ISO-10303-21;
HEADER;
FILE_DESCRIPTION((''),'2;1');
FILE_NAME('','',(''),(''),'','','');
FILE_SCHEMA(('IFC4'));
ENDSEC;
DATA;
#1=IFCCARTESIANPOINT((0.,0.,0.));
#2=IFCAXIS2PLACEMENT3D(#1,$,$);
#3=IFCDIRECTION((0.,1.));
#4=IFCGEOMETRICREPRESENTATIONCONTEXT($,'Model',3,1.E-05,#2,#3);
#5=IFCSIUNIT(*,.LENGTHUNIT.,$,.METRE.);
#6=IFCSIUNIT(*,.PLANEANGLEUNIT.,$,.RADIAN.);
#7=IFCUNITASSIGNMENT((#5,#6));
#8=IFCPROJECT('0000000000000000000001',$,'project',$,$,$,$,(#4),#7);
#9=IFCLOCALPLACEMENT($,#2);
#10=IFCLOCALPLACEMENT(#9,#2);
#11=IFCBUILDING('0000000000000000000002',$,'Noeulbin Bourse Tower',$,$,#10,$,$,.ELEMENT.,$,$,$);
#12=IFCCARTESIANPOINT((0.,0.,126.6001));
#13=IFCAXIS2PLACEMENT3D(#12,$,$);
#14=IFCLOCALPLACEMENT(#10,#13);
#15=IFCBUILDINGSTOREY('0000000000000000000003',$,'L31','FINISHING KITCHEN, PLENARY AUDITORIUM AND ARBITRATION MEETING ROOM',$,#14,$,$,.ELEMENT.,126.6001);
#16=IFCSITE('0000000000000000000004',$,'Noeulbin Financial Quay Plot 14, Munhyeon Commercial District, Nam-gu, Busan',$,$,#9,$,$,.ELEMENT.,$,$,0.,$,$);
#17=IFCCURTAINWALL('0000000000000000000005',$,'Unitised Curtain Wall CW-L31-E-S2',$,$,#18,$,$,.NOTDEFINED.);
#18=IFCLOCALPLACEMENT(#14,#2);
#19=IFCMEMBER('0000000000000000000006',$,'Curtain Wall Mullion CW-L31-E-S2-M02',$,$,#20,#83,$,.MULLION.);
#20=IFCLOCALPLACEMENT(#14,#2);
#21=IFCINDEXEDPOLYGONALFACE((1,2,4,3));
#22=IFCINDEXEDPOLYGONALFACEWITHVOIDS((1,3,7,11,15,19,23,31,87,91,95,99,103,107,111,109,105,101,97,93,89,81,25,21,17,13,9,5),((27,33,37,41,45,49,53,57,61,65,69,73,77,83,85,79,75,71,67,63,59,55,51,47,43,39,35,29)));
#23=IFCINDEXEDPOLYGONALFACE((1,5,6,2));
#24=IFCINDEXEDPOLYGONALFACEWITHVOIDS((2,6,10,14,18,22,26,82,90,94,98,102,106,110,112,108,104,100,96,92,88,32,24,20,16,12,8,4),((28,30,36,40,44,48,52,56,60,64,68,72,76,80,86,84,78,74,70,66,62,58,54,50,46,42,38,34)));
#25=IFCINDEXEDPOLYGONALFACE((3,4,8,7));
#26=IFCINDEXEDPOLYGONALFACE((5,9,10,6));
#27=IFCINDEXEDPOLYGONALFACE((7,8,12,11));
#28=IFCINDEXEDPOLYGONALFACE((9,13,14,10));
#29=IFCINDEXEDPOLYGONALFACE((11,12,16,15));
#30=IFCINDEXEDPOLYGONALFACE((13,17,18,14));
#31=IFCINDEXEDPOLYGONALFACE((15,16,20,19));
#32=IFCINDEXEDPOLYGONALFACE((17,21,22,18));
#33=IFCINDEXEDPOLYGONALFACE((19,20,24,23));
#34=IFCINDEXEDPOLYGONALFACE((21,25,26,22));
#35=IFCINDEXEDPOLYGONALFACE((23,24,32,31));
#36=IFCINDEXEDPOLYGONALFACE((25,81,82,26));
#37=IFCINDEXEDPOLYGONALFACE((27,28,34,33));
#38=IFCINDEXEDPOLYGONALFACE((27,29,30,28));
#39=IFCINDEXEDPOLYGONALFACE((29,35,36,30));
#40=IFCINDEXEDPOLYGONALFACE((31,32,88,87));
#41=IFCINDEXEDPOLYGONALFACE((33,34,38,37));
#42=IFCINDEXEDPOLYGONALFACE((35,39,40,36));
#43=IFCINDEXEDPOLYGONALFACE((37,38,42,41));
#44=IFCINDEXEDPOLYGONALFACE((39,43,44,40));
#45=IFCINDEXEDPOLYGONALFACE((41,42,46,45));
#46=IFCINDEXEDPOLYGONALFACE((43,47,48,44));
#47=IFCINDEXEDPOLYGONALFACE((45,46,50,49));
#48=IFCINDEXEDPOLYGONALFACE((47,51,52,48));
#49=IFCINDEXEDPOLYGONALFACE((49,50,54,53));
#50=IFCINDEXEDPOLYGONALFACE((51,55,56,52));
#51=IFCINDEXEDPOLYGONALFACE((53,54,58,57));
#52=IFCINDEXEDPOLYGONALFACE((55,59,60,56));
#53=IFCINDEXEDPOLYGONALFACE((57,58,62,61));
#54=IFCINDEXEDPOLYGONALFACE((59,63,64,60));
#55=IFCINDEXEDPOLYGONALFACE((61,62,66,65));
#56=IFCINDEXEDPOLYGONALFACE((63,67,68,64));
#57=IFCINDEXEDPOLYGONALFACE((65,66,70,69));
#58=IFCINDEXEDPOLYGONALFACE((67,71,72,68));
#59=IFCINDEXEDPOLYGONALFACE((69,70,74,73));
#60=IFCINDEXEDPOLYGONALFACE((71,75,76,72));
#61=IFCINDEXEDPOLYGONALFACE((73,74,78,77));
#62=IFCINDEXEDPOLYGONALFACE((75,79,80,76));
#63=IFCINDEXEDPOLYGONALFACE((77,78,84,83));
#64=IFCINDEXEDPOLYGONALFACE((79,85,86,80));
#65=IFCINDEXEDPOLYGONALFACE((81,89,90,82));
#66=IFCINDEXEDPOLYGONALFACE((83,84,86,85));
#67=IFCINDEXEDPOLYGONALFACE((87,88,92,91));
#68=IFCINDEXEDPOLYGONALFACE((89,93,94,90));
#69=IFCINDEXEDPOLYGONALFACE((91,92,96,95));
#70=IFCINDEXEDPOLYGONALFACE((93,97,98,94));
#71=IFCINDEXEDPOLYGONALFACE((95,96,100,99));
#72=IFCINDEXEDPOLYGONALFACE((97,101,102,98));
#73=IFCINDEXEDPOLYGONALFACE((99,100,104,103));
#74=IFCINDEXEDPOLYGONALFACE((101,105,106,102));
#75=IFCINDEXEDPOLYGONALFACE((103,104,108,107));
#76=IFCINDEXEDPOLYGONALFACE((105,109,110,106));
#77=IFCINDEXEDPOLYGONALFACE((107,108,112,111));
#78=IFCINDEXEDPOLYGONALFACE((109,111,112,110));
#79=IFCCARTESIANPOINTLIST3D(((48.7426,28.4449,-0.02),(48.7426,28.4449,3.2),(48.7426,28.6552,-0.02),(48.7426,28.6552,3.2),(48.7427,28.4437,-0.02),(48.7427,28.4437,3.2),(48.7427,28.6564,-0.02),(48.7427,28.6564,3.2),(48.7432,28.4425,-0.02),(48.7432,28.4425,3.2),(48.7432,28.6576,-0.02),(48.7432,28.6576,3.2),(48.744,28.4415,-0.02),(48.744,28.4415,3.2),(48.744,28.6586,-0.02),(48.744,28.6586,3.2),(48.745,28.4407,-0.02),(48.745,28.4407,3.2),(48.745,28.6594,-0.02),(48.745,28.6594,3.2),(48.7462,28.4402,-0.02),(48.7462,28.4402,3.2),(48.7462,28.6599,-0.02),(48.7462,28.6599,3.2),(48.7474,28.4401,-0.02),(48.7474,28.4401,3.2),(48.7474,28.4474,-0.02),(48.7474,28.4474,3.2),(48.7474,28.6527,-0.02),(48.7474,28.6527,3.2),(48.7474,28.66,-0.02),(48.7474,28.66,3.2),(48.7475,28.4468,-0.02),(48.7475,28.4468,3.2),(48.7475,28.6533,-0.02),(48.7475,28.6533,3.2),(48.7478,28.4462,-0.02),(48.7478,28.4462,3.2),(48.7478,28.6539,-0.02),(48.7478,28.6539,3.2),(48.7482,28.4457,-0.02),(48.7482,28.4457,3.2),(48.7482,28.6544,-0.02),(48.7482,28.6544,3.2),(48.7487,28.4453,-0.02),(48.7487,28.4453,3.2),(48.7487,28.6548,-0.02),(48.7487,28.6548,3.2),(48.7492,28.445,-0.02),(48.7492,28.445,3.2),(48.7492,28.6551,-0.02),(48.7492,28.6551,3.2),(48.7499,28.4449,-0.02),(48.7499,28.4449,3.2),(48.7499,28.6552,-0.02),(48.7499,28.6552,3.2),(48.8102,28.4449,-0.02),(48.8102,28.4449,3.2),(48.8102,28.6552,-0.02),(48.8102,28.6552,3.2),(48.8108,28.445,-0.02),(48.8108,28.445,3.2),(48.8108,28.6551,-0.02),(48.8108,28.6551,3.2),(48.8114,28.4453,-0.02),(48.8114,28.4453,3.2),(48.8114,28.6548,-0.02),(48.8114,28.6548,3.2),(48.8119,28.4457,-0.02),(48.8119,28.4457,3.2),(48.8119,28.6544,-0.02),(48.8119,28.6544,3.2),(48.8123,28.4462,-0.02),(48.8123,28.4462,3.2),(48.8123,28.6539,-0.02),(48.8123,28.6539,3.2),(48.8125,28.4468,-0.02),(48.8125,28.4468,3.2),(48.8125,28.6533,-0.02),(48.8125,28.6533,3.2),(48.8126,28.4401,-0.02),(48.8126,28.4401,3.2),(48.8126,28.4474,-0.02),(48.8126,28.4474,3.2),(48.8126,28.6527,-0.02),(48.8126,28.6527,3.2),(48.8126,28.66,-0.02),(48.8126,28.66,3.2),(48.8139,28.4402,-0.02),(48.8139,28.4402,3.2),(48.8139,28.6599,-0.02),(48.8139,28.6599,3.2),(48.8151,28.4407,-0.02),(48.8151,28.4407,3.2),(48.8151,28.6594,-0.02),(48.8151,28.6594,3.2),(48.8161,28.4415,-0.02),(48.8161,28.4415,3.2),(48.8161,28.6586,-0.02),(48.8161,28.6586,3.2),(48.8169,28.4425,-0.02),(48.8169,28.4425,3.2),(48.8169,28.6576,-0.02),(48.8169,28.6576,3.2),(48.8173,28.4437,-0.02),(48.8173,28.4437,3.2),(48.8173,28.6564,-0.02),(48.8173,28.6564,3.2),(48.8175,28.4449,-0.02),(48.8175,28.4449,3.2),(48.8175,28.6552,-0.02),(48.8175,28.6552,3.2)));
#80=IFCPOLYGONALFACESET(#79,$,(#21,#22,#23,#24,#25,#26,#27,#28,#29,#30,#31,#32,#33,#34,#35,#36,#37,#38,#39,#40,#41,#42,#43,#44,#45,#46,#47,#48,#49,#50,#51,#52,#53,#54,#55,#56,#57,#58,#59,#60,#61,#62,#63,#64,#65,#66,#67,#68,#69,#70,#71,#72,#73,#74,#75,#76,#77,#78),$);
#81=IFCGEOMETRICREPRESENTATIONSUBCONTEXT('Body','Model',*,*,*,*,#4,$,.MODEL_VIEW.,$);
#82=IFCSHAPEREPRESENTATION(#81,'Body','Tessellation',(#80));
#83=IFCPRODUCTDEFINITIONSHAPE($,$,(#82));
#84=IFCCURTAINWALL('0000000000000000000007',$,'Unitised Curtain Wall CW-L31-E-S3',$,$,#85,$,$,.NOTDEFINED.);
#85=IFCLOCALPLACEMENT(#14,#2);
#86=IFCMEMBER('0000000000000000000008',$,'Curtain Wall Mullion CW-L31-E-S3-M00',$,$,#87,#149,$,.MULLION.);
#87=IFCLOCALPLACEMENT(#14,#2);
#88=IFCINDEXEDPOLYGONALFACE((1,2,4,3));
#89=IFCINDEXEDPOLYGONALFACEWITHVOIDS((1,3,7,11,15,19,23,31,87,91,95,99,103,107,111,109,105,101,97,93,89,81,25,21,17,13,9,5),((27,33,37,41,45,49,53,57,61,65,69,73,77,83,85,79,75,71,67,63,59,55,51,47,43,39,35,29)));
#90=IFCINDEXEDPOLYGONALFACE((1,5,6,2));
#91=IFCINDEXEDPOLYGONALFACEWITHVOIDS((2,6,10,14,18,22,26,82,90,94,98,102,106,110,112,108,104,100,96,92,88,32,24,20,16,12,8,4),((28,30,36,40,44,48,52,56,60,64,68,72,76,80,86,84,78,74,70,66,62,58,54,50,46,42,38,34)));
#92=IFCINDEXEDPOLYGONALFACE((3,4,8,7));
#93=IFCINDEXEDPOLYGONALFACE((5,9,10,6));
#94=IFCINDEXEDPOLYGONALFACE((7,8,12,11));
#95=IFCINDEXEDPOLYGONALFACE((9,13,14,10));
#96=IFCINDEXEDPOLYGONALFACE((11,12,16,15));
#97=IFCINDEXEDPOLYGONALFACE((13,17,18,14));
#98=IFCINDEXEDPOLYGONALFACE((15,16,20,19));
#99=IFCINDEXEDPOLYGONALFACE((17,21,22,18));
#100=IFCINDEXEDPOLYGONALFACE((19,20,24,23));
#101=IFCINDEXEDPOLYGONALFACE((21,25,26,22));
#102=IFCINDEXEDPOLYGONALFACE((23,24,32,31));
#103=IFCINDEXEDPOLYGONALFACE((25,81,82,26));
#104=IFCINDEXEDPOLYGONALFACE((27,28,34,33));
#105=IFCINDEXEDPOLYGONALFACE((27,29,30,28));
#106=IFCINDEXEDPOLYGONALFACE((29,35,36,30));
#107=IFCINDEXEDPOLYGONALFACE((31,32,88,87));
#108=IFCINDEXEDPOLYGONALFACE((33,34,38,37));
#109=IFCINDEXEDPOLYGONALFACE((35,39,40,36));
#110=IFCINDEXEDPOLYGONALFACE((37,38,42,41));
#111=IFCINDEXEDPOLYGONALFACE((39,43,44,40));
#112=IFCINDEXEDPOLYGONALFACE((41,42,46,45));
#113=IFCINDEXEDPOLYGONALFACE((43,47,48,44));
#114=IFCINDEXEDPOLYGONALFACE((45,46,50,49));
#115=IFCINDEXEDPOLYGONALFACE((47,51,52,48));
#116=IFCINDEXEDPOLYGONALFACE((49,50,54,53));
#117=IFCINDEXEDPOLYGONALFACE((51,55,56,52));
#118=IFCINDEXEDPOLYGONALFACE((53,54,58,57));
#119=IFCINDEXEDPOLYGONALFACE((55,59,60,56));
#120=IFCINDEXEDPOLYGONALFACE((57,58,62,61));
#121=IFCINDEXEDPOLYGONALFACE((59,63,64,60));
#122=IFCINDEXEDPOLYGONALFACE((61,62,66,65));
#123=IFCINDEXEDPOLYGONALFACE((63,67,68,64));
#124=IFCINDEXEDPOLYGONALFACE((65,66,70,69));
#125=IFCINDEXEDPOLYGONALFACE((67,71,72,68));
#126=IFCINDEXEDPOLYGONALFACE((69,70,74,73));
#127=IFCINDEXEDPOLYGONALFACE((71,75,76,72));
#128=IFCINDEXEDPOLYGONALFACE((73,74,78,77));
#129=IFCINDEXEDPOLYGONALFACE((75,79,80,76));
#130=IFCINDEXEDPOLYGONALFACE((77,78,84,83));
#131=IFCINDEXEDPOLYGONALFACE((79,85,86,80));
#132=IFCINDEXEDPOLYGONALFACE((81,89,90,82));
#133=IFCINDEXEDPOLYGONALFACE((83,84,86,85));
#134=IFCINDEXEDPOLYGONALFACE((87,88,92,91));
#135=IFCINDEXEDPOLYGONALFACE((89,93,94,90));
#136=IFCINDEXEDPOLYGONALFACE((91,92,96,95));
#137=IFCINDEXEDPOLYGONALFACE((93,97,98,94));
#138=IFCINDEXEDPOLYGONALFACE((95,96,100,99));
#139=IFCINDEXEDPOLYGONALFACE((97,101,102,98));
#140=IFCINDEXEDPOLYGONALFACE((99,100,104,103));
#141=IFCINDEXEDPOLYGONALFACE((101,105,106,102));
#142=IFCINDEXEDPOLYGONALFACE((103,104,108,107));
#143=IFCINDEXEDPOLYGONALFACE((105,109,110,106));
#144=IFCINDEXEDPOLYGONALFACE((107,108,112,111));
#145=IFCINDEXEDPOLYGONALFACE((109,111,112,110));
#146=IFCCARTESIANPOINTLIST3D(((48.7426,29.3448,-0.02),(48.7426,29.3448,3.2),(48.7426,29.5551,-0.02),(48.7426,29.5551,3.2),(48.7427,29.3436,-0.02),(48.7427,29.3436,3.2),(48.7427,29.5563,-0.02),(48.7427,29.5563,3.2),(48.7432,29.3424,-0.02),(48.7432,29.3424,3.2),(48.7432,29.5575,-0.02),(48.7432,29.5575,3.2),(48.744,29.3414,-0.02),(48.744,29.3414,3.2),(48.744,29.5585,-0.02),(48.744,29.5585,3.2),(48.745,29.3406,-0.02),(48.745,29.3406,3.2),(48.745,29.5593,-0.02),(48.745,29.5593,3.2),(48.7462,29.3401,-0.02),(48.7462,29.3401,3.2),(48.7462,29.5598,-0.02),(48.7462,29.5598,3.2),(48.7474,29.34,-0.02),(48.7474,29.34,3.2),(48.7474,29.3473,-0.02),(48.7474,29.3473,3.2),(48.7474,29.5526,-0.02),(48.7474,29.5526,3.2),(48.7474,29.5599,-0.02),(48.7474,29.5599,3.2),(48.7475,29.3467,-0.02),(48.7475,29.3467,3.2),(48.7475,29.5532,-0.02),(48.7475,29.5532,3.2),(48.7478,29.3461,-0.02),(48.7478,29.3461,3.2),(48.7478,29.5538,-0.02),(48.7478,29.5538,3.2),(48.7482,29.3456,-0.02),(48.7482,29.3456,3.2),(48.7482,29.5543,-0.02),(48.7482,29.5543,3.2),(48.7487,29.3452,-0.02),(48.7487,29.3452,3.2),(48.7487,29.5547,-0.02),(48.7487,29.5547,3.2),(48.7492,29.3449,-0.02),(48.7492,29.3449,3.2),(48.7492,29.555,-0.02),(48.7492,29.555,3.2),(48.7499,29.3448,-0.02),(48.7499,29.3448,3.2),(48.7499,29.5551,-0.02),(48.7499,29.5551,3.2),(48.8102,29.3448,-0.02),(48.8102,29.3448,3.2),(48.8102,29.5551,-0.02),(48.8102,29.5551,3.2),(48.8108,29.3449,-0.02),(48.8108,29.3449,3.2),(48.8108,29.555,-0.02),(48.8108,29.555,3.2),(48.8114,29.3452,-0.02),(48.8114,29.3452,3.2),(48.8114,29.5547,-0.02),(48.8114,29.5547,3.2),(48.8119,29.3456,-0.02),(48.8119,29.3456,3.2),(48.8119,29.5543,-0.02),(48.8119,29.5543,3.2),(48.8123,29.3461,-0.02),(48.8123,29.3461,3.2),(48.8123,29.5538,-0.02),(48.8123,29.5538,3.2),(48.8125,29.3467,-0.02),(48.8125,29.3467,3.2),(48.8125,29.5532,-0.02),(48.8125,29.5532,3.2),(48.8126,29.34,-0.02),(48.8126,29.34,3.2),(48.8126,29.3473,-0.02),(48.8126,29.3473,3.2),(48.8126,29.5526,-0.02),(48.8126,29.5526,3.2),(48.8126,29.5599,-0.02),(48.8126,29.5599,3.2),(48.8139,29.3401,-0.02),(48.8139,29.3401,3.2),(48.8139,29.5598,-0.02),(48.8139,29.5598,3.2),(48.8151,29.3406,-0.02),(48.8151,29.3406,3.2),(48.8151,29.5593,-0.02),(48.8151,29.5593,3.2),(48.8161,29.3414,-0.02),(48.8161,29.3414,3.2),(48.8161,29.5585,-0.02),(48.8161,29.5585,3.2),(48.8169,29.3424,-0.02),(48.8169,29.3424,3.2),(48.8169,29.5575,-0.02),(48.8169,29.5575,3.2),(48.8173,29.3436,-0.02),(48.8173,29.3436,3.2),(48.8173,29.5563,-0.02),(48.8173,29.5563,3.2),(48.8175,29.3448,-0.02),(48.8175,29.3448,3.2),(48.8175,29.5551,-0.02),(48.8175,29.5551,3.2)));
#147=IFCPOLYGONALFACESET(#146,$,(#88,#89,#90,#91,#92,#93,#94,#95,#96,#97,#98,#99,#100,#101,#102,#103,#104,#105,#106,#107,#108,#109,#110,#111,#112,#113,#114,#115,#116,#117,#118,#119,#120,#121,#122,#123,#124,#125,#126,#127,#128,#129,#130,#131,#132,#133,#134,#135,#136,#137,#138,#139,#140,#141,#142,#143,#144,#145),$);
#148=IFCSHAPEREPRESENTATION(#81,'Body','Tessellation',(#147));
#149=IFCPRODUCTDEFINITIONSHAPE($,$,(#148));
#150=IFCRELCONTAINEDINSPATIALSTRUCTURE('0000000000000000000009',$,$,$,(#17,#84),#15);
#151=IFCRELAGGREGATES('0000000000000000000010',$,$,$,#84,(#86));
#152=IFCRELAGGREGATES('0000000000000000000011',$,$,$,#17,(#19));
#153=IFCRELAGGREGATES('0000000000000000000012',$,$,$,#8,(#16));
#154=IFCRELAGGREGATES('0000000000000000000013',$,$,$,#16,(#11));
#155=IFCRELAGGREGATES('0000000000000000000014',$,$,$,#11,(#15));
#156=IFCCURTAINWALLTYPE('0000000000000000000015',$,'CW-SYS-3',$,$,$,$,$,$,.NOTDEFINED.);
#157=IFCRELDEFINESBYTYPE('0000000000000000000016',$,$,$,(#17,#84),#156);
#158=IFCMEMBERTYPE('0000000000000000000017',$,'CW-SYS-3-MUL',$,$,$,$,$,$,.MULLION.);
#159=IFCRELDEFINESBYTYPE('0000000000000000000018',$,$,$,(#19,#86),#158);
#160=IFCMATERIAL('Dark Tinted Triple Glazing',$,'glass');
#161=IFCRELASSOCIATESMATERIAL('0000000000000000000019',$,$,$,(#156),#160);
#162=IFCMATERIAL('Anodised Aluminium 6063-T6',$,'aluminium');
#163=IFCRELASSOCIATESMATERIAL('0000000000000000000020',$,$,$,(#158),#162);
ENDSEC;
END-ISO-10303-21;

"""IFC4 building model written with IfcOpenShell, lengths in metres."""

from ifc_helpers import new_model, si_unit, direction, frame, origin, origin_2d, place, context, subcontext, project, spatial, hollow_rectangle, extrude, material, material_profile, profile_set, type_object, element, aggregate, save


model = new_model("IFC4")

# Units and contexts
model_context = context("Model", 3, precision=1e-05, world=origin(), true_north=direction((0.0, 1.0)))
body_context = subcontext(model_context, "Body", "Model", "MODEL_VIEW")
ifc_project = project(units=[si_unit("LENGTHUNIT", "METRE"), si_unit("PLANEANGLEUNIT", "RADIAN")], contexts=[model_context])

# Site, building, storey
site_placement = place(None, origin())
site = spatial("IfcSite", under=ifc_project, at=site_placement, Name="Noeulbin Financial Quay Plot 14, Munhyeon Commercial District, Nam-gu, Busan", CompositionType="ELEMENT", RefElevation=0.0)
building_placement = place(site_placement, origin())
building = spatial("IfcBuilding", under=site, at=building_placement, Name="Noeulbin Bourse Tower", CompositionType="ELEMENT")
storey_placement = place(building_placement, frame((0.0, 0.0, 126.6001)))
storey = spatial("IfcBuildingStorey", under=building, at=storey_placement, Name="L31", Description="FINISHING KITCHEN, PLENARY AUDITORIUM AND ARBITRATION MEETING ROOM", CompositionType="ELEMENT", Elevation=126.6001)

# Curtain wall, member
ifc_material_1 = material(Name="Dark Tinted Triple Glazing", Category="glass")
curtain_wall_type = type_object("IfcCurtainWallType", Name="CW-SYS-3", PredefinedType="NOTDEFINED", material=ifc_material_1)
curtain_wall_1_placement = place(storey_placement, origin())
curtain_wall_1 = element("IfcCurtainWall", 1, at=curtain_wall_1_placement, inside=storey, type_object=curtain_wall_type, Name="Unitised Curtain Wall CW-L31-E-S2", PredefinedType="NOTDEFINED")
ifc_material_2 = material(Name="Anodised Aluminium 6063-T6", Category="aluminium")
ifc_material_profile_1 = material_profile(ifc_material_2, hollow_rectangle(XDim=0.075, YDim=0.22, WallThickness=0.0049, InnerFilletRadius=0.0024, OuterFilletRadius=0.0049, at=origin_2d()), Name="ALU-MULL-75x220x5", Category="LoadBearing")
ifc_profile_set_1 = profile_set([ifc_material_profile_1], Name="Anodised Aluminium 6063-T6")
member_type_1 = type_object("IfcMemberType", Name="CW-SYS-3-MUL", PredefinedType="MULLION", material=ifc_profile_set_1)
member_1_placement = place(storey_placement, frame((48.78, 28.55, -0.02), z_axis=(0.0, 0.0, 1.0), x_axis=(1.0, 0.0, 0.0)))
member_1 = element("IfcMember", 2, at=member_1_placement, type_object=member_type_1, Name="Curtain Wall Mullion CW-L31-E-S2-M02", PredefinedType="MULLION", context=body_context, shape_type="SweptSolid", body=[
    extrude(hollow_rectangle(XDim=0.075, YDim=0.22, WallThickness=0.0049, InnerFilletRadius=0.0024, OuterFilletRadius=0.0049, at=origin_2d()), origin(), (0.0, 0.0, 1.0), 3.22),
])

# Curtain wall, member
curtain_wall_2_placement = place(storey_placement, origin())
curtain_wall_2 = element("IfcCurtainWall", 3, at=curtain_wall_2_placement, inside=storey, type_object=curtain_wall_type, Name="Unitised Curtain Wall CW-L31-E-S3", PredefinedType="NOTDEFINED")
member_2_placement = place(storey_placement, frame((48.78, 29.45, -0.02), z_axis=(0.0, 0.0, 1.0), x_axis=(1.0, 0.0, 0.0)))
member_2 = element("IfcMember", 4, at=member_2_placement, type_object=member_type_1, Name="Curtain Wall Mullion CW-L31-E-S3-M00", PredefinedType="MULLION", context=body_context, shape_type="SweptSolid", body=[
    extrude(hollow_rectangle(XDim=0.075, YDim=0.22, WallThickness=0.0049, InnerFilletRadius=0.0024, OuterFilletRadius=0.0049, at=origin_2d()), origin(), (0.0, 0.0, 1.0), 3.22),
])
aggregate(curtain_wall_2, [member_2])

aggregate(curtain_wall_1, [member_1])

save(model, "model.ifc")
